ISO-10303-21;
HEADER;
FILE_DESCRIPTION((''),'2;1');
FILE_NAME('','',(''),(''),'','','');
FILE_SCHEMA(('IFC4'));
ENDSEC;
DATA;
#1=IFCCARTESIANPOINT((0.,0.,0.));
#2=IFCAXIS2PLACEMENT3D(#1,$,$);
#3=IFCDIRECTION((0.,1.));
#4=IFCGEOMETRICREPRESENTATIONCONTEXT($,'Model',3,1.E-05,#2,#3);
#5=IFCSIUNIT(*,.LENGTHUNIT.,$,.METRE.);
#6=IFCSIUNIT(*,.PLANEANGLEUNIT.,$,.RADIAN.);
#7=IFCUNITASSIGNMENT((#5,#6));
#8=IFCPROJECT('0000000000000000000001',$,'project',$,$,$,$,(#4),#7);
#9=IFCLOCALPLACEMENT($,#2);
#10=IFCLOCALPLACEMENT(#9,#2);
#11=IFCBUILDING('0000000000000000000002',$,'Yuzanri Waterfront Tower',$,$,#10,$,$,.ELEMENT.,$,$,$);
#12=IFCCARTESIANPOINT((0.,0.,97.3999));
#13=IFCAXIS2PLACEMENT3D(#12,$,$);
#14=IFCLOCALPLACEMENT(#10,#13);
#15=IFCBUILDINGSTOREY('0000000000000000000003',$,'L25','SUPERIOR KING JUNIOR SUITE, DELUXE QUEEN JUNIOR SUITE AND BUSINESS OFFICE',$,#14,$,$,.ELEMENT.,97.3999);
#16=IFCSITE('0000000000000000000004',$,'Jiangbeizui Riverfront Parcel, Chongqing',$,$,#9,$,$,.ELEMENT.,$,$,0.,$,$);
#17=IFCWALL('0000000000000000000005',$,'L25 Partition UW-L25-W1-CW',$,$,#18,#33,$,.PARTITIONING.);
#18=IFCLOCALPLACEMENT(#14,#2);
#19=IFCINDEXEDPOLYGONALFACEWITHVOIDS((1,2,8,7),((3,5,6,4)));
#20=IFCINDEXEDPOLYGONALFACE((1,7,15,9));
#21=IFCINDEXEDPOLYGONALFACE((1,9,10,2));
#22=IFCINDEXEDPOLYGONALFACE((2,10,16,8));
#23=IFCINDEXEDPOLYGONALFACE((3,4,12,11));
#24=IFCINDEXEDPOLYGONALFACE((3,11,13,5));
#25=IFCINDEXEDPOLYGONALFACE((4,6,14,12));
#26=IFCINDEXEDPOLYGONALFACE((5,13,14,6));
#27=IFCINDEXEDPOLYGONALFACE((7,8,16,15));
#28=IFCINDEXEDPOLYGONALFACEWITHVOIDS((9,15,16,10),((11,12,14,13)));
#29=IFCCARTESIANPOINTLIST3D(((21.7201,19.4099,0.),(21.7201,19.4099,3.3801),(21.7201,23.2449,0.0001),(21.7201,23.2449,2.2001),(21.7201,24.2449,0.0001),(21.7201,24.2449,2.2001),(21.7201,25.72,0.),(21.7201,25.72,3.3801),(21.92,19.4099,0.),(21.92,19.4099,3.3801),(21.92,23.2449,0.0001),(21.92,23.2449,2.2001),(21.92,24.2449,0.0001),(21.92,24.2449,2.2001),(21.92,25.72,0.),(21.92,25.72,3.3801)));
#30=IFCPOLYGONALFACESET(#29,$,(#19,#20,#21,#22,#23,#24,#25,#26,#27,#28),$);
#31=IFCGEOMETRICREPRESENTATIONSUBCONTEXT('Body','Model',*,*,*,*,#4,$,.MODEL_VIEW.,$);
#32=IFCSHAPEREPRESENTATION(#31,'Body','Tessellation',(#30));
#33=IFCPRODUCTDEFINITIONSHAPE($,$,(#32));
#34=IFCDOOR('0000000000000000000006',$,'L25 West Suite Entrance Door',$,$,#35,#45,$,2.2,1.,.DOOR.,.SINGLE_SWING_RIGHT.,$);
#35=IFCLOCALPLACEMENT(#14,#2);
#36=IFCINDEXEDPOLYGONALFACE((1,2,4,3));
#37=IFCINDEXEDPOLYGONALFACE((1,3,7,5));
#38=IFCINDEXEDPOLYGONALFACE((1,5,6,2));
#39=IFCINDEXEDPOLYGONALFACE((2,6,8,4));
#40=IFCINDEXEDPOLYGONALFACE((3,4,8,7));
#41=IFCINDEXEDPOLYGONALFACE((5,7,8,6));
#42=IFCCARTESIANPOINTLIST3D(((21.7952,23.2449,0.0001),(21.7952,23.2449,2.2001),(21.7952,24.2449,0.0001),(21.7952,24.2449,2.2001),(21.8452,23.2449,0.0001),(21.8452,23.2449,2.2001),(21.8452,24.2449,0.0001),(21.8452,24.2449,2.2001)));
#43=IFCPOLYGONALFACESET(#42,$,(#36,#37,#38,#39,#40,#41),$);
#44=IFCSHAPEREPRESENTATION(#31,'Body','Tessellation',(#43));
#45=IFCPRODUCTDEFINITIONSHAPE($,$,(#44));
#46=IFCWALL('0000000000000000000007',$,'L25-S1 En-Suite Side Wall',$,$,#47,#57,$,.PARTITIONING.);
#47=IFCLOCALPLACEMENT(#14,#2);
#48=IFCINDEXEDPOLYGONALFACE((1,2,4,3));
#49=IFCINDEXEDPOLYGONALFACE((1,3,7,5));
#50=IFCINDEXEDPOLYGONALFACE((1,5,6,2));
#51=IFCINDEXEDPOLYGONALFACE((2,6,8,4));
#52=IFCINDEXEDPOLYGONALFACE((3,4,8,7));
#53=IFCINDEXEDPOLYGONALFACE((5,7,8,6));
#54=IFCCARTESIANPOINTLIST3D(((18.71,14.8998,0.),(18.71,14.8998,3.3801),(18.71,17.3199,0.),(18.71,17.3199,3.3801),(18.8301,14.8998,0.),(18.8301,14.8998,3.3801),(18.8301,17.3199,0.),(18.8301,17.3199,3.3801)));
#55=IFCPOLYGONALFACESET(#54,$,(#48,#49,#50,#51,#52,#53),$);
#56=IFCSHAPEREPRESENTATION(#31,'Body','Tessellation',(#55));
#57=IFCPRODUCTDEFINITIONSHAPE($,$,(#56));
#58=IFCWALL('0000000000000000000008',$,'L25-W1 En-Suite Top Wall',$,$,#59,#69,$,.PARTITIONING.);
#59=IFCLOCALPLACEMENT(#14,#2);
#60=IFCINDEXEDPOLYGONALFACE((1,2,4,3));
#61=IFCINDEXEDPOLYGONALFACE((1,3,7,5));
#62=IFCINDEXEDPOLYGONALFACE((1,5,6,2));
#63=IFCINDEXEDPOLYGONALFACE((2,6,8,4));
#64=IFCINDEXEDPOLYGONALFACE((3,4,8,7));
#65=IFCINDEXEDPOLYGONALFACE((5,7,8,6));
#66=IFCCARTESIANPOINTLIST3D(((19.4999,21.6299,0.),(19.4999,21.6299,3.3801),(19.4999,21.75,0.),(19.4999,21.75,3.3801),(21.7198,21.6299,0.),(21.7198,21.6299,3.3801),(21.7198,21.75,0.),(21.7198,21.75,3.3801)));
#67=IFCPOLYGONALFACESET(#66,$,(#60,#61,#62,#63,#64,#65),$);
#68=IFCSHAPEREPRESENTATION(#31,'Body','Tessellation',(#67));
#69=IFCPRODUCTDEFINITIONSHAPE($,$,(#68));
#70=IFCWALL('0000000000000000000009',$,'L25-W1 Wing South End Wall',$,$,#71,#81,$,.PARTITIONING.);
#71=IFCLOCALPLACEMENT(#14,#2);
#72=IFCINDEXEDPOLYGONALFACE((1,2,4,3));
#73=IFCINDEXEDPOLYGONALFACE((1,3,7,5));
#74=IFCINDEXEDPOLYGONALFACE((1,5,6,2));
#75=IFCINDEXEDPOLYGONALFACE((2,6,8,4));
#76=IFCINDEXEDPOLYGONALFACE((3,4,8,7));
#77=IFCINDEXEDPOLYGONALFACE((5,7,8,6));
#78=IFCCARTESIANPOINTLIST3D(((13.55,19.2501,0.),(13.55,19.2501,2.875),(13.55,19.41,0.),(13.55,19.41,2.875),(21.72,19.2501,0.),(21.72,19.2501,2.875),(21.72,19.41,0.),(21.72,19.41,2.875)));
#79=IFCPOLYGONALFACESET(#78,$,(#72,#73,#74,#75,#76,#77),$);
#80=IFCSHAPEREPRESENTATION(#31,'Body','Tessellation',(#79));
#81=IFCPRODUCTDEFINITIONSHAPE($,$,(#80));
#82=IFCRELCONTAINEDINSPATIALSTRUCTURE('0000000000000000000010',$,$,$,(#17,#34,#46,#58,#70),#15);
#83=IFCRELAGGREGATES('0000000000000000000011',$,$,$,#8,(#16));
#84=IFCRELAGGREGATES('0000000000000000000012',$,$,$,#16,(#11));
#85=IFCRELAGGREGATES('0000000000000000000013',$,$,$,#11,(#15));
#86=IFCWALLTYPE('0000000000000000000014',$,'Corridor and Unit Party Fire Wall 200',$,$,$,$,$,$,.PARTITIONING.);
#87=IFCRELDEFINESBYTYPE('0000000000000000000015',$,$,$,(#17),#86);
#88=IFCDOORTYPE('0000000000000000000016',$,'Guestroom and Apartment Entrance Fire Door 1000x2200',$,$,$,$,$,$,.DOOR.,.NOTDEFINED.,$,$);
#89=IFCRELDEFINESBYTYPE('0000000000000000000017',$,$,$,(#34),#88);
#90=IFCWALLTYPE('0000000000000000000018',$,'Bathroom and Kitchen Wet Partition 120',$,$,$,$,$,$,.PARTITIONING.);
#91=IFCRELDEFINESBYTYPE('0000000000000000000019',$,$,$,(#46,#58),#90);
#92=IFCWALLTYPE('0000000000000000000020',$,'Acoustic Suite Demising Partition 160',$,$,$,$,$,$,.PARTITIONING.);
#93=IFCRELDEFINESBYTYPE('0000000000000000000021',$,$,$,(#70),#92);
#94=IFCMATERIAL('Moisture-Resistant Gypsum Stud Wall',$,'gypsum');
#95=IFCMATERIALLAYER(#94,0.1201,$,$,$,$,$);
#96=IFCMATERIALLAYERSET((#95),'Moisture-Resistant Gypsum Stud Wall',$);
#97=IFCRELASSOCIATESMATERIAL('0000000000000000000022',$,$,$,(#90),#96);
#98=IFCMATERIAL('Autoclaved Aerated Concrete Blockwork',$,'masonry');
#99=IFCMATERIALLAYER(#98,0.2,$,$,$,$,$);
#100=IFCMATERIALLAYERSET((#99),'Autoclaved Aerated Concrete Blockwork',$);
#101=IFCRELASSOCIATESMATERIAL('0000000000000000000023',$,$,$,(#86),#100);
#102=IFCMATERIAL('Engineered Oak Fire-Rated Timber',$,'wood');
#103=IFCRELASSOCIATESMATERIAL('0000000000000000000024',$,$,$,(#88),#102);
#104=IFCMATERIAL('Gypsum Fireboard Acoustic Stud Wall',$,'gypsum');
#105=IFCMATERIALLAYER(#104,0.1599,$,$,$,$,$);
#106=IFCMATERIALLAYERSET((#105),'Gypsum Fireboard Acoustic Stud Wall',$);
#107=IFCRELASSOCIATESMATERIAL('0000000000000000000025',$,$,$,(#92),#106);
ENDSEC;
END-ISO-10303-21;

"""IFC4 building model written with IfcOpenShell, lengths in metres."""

from ifc_helpers import new_model, si_unit, direction, frame, frame_2d, origin, place, context, subcontext, project, spatial, rectangle, extrude, source, transform, mapped, material, layer, layer_set, type_object, element, fill, save


model = new_model("IFC4")

# Units and contexts
model_context = context("Model", 3, precision=1e-05, world=origin(), true_north=direction((0.0, 1.0)))
body_context = subcontext(model_context, "Body", "Model", "MODEL_VIEW")
ifc_project = project(units=[si_unit("LENGTHUNIT", "METRE"), si_unit("PLANEANGLEUNIT", "RADIAN")], contexts=[model_context])

# Site, building, storey
site_placement = place(None, origin())
site = spatial("IfcSite", under=ifc_project, at=site_placement, Name="Jiangbeizui Riverfront Parcel, Chongqing", CompositionType="ELEMENT", RefElevation=0.0)
building_placement = place(site_placement, origin())
building = spatial("IfcBuilding", under=site, at=building_placement, Name="Yuzanri Waterfront Tower", CompositionType="ELEMENT")
storey_placement = place(building_placement, frame((0.0, 0.0, 97.3999)))
storey = spatial("IfcBuildingStorey", under=building, at=storey_placement, Name="L25", Description="SUPERIOR KING JUNIOR SUITE, DELUXE QUEEN JUNIOR SUITE AND BUSINESS OFFICE", CompositionType="ELEMENT", Elevation=97.3999)

# Wall, opening, door
ifc_material_1 = material(Name="Moisture-Resistant Gypsum Stud Wall", Category="gypsum")
ifc_layer_1 = layer(ifc_material_1, 0.1201)
ifc_layer_set_1 = layer_set([ifc_layer_1], Name="Moisture-Resistant Gypsum Stud Wall")
wall_type_1 = type_object("IfcWallType", Name="Bathroom and Kitchen Wet Partition 120", PredefinedType="PARTITIONING", material=ifc_layer_set_1)
ifc_material_2 = material(Name="Autoclaved Aerated Concrete Blockwork", Category="masonry")
ifc_layer_2 = layer(ifc_material_2, 0.2)
ifc_layer_set_2 = layer_set([ifc_layer_2], Name="Autoclaved Aerated Concrete Blockwork")
wall_type_2 = type_object("IfcWallType", Name="Corridor and Unit Party Fire Wall 200", PredefinedType="PARTITIONING", material=ifc_layer_set_2)
ifc_material_3 = material(Name="Engineered Oak Fire-Rated Timber", Category="wood")
door_type_1 = type_object("IfcDoorType", Name="Guestroom and Apartment Entrance Fire Door 1000x2200", OperationType="NOTDEFINED", PredefinedType="DOOR", material=ifc_material_3)
shared_shape_1 = source(origin(), body_context, "Body", "SweptSolid", [
    extrude(rectangle(XDim=1.0, YDim=2.2, at=frame_2d((0.5, 1.1001))), frame((0.0, 0.0249, 0.0), z_axis=(0.0, -1.0, 0.0), x_axis=(1.0, 0.0, 0.0)), (0.0, 0.0, 1.0), 0.05),
])
wall_1_placement = place(storey_placement, frame((21.8201, 19.4099, 0.0), z_axis=(0.0, 0.0, 1.0), x_axis=(0.0, 1.0, 0.0)))
wall_1 = element("IfcWall", 1, at=wall_1_placement, inside=storey, type_object=wall_type_2, Name="L25 Partition UW-L25-W1-CW", PredefinedType="PARTITIONING", context=body_context, shape_type="SweptSolid", body=[
    extrude(rectangle(XDim=6.3101, YDim=0.2, at=frame_2d((3.155, 0.0))), origin(), (0.0, 0.0, 1.0), 3.3801),
])
opening_1_placement = place(wall_1_placement, frame((3.835, 0.0, 0.0)))
opening_1 = element("IfcOpeningElement", 2, at=opening_1_placement, cuts=wall_1, PredefinedType="OPENING", context=body_context, shape_type="SweptSolid", body=[
    extrude(rectangle(XDim=1.0, YDim=2.2, at=frame_2d((0.5, 1.1001))), frame((0.0, 0.1147, 0.0), z_axis=(0.0, -1.0, 0.0), x_axis=(1.0, 0.0, 0.0)), (0.0, 0.0, 1.0), 0.2297),
])
door_1_placement = place(opening_1_placement, origin())
door_1 = element("IfcDoor", 3, at=door_1_placement, inside=storey, type_object=door_type_1, Name="L25 West Suite Entrance Door", OperationType="SINGLE_SWING_RIGHT", OverallHeight=2.2, OverallWidth=1.0, PredefinedType="DOOR", context=body_context, shape_type="MappedRepresentation", body=[
    mapped(shared_shape_1, transform((0.0, 0.0, 0.0), scale=1.0)),
])
fill(opening_1, door_1)

# Walls
shared_shape_2 = source(origin(), body_context, "Body", "SweptSolid", [
    extrude(rectangle(XDim=2.4202, YDim=0.1201, at=frame_2d((1.21, 0.0))), origin(), (0.0, 0.0, 1.0), 3.3801),
])
wall_2_placement = place(storey_placement, frame((18.77, 14.8999, 0.0), z_axis=(0.0, 0.0, 1.0), x_axis=(0.0, 1.0, 0.0)))
element("IfcWall", 4, at=wall_2_placement, inside=storey, type_object=wall_type_1, Name="L25-S1 En-Suite Side Wall", PredefinedType="PARTITIONING", context=body_context, shape_type="MappedRepresentation", body=[
    mapped(shared_shape_2, transform((0.0, 0.0, 0.0), scale=1.0)),
])
shared_shape_3 = source(origin(), body_context, "Body", "SweptSolid", [
    extrude(rectangle(XDim=2.22, YDim=0.1201, at=frame_2d((1.1099, 0.0))), origin(), (0.0, 0.0, 1.0), 3.3801),
])
wall_3_placement = place(storey_placement, frame((19.5, 21.6899, 0.0), z_axis=(0.0, 0.0, 1.0), x_axis=(1.0, 0.0, 0.0)))
element("IfcWall", 5, at=wall_3_placement, inside=storey, type_object=wall_type_1, Name="L25-W1 En-Suite Top Wall", PredefinedType="PARTITIONING", context=body_context, shape_type="MappedRepresentation", body=[
    mapped(shared_shape_3, transform((0.0, 0.0, 0.0), scale=1.0)),
])
ifc_material_4 = material(Name="Gypsum Fireboard Acoustic Stud Wall", Category="gypsum")
ifc_layer_3 = layer(ifc_material_4, 0.1599)
ifc_layer_set_3 = layer_set([ifc_layer_3], Name="Gypsum Fireboard Acoustic Stud Wall")
wall_type_3 = type_object("IfcWallType", Name="Acoustic Suite Demising Partition 160", PredefinedType="PARTITIONING", material=ifc_layer_set_3)
shared_shape_4 = source(origin(), body_context, "Body", "SweptSolid", [
    extrude(rectangle(XDim=8.1699, YDim=0.1599, at=frame_2d((4.085, 0.0))), origin(), (0.0, 0.0, 1.0), 2.875),
])
wall_4_placement = place(storey_placement, frame((13.55, 19.3301, 0.0), z_axis=(0.0, 0.0, 1.0), x_axis=(1.0, 0.0, 0.0)))
element("IfcWall", 6, at=wall_4_placement, inside=storey, type_object=wall_type_3, Name="L25-W1 Wing South End Wall", PredefinedType="PARTITIONING", context=body_context, shape_type="MappedRepresentation", body=[
    mapped(shared_shape_4, transform((0.0, 0.0, 0.0), scale=1.0)),
])

save(model, "model.ifc")
